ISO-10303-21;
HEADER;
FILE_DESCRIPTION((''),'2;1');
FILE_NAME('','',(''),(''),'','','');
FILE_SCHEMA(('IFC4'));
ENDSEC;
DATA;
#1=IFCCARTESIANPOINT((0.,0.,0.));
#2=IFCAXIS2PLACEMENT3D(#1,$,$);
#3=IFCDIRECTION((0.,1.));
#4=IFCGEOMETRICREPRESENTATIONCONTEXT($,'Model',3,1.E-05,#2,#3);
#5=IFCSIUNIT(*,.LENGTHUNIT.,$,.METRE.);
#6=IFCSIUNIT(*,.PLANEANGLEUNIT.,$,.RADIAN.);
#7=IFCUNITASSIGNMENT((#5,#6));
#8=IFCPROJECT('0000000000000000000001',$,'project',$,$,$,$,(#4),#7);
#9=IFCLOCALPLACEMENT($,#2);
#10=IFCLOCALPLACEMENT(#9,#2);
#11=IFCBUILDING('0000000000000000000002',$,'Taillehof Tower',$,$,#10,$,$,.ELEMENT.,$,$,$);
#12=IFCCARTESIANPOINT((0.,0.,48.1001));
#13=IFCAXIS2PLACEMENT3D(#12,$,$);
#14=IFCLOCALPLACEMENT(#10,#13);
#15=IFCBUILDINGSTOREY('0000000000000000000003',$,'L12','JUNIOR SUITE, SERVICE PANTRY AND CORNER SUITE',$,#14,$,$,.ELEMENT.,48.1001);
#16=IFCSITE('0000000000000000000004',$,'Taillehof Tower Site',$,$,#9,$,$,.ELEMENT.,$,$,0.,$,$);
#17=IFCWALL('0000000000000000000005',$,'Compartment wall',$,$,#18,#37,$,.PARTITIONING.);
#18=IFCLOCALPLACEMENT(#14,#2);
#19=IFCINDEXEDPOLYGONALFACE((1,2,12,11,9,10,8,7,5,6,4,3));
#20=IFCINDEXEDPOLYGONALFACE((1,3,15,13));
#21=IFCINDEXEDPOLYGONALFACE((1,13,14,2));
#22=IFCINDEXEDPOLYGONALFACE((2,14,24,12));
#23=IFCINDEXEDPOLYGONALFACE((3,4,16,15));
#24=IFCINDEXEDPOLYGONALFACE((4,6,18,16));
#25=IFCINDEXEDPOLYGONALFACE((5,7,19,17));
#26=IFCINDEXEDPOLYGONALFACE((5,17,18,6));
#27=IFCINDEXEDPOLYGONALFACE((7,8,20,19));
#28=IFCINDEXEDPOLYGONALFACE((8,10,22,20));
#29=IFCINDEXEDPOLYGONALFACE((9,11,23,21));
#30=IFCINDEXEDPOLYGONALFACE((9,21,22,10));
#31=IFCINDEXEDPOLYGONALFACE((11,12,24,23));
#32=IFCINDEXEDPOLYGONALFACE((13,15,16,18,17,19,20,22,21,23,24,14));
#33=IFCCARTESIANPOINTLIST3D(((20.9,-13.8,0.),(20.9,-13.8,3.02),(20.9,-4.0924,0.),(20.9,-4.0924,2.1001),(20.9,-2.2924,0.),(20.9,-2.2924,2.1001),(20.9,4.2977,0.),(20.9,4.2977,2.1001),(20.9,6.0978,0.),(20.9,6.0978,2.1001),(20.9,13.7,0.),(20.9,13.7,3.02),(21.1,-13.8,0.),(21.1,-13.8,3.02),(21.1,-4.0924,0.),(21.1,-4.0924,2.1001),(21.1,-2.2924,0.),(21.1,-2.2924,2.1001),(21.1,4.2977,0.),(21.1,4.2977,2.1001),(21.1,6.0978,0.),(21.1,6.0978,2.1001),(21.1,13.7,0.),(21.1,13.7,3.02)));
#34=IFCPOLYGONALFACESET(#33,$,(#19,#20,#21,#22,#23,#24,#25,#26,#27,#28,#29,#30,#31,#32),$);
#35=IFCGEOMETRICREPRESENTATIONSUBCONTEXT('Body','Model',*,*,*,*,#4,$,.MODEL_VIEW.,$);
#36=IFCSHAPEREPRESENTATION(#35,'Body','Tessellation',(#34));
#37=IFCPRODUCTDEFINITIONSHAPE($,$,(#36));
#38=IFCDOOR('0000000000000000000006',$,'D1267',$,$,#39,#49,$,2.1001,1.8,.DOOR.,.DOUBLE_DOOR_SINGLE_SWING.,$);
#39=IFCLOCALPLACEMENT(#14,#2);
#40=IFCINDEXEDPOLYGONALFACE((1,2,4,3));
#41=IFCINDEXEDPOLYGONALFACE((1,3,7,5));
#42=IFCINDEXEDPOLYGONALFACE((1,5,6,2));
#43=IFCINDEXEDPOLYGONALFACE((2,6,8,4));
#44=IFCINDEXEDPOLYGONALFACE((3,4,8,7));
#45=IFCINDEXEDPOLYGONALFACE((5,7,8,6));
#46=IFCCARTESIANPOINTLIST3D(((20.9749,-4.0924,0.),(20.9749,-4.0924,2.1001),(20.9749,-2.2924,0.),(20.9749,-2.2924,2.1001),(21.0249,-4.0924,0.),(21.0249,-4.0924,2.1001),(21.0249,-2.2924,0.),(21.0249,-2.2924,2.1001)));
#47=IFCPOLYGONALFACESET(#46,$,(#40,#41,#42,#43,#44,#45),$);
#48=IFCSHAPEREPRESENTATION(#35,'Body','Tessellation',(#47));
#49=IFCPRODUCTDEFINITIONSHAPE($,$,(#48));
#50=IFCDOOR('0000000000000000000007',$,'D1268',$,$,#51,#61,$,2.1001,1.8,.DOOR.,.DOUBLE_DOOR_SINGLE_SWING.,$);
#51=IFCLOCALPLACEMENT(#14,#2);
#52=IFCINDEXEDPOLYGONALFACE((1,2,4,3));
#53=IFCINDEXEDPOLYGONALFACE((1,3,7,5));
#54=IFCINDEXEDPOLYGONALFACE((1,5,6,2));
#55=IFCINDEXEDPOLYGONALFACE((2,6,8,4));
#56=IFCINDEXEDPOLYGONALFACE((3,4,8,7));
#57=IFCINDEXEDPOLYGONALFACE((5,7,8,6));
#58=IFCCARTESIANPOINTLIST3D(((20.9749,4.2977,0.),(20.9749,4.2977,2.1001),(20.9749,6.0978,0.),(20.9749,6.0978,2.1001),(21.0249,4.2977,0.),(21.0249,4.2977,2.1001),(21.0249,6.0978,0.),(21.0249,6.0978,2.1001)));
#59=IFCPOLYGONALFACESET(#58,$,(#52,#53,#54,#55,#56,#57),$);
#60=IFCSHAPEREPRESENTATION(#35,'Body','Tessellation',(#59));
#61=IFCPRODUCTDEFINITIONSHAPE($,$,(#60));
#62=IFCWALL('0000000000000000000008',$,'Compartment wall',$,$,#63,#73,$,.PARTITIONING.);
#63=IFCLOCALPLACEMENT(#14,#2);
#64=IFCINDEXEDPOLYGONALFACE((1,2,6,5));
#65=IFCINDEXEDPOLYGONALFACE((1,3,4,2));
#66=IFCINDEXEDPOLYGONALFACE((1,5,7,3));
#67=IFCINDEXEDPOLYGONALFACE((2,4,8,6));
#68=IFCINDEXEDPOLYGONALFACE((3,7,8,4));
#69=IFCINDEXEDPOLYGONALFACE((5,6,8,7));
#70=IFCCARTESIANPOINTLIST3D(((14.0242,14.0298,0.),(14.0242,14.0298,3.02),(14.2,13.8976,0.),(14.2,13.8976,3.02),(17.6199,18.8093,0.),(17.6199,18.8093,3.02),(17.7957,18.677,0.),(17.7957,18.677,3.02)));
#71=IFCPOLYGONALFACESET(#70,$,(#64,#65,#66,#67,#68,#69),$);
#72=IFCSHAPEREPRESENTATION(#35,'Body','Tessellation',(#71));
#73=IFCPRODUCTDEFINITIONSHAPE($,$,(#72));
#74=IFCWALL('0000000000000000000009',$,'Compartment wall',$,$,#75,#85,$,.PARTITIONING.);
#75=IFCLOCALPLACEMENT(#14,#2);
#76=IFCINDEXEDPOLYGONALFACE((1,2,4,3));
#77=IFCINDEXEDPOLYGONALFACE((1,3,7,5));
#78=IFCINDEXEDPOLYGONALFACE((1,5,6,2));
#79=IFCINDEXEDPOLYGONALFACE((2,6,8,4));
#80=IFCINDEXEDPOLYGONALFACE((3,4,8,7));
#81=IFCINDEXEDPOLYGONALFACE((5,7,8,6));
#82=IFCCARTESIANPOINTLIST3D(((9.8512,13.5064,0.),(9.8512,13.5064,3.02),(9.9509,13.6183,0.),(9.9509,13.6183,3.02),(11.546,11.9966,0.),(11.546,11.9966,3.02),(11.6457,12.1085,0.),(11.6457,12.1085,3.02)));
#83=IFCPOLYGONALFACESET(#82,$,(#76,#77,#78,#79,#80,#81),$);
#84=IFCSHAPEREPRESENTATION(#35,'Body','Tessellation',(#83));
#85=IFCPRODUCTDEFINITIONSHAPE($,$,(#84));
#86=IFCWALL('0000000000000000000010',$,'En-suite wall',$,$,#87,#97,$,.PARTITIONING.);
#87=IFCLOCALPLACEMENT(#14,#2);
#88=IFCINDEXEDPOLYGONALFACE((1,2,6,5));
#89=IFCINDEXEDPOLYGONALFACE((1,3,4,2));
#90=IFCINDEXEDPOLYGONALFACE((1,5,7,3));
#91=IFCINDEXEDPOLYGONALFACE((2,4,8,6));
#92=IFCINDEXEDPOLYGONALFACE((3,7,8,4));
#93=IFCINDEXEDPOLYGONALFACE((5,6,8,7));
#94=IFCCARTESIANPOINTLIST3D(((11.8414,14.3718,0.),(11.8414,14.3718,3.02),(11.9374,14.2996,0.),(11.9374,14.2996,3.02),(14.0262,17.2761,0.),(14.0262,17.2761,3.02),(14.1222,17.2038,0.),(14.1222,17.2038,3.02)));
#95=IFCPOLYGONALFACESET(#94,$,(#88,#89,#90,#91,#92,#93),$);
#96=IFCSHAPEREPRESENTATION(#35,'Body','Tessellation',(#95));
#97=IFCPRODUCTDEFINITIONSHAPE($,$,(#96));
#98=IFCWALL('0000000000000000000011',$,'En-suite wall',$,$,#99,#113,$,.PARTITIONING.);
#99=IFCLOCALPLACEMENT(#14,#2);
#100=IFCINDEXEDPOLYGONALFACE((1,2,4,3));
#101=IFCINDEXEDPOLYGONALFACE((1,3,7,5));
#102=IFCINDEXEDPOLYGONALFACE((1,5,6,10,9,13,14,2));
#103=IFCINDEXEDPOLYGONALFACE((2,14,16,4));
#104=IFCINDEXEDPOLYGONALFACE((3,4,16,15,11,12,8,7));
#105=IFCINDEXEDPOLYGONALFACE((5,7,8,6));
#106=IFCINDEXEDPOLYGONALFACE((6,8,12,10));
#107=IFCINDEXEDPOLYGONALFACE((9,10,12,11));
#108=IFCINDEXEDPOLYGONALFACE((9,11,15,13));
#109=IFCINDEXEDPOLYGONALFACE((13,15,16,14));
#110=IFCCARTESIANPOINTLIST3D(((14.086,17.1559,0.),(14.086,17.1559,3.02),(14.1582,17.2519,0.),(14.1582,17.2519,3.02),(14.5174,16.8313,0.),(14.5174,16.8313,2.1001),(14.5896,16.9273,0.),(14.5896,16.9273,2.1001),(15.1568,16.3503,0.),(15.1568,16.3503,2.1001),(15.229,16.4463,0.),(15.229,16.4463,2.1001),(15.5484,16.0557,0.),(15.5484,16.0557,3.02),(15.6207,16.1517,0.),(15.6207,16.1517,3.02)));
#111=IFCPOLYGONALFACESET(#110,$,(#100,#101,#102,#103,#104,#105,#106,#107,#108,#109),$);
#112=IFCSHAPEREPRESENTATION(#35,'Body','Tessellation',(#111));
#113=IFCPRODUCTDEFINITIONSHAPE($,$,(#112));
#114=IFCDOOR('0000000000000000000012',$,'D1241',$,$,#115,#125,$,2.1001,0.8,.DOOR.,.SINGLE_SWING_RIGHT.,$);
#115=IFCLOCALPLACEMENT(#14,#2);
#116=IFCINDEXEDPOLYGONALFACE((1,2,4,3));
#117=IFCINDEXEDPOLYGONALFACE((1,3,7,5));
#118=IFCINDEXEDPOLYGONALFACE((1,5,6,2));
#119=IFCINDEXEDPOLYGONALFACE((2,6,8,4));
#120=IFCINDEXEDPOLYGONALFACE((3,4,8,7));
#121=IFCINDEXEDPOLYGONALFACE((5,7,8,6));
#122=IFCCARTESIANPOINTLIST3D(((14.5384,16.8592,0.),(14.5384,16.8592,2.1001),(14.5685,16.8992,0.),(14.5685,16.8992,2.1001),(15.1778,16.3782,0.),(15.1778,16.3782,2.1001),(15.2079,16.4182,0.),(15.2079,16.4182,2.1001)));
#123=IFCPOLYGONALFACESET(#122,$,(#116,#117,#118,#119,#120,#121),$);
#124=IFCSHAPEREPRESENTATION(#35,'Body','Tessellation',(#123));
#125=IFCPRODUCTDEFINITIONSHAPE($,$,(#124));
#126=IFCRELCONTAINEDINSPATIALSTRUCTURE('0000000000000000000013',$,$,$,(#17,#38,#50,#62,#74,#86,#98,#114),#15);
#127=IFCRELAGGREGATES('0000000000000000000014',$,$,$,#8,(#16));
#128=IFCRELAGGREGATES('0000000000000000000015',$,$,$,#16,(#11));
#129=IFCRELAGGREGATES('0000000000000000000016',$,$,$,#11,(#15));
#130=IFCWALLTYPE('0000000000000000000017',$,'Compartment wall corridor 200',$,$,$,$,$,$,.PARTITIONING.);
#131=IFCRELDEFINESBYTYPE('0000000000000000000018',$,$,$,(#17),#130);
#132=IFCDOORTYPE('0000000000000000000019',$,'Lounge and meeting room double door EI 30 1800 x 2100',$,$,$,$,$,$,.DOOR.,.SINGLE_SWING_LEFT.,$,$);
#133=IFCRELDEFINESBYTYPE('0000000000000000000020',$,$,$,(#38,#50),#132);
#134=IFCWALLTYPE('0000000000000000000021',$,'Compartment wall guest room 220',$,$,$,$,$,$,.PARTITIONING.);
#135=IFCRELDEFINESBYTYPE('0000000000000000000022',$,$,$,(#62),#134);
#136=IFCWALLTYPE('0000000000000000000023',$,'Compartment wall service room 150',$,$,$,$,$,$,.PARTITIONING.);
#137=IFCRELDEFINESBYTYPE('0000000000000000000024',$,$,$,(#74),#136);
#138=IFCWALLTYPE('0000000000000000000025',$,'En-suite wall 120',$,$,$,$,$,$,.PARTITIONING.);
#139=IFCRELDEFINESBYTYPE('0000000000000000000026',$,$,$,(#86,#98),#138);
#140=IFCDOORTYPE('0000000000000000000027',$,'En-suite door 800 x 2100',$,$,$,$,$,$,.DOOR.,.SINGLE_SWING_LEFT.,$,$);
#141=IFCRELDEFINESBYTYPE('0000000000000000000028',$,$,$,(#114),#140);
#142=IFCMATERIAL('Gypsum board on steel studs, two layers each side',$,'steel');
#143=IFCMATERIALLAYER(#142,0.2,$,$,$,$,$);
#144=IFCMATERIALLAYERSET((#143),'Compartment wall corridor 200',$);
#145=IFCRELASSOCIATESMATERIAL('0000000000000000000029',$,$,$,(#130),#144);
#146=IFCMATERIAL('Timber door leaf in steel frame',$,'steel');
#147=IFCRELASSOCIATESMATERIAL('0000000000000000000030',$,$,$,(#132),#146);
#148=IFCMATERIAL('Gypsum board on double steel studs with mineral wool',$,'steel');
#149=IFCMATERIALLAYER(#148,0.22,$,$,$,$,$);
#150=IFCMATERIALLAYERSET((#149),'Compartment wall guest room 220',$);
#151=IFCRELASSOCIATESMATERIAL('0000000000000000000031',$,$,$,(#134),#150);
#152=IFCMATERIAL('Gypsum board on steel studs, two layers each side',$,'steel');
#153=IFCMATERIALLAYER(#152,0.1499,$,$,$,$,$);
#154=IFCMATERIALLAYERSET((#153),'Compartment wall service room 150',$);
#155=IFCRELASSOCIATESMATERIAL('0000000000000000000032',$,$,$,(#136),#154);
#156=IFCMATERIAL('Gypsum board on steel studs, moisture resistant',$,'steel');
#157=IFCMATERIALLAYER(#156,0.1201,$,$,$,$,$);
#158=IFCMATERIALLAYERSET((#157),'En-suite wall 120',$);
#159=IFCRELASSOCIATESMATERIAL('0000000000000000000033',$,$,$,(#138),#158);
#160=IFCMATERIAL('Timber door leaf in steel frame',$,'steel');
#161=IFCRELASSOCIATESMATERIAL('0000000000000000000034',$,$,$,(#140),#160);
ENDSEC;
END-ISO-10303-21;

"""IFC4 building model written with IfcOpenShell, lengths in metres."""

from ifc_helpers import new_model, si_unit, direction, frame, frame_2d, origin, place, context, subcontext, project, spatial, rectangle, extrude, material, layer, layer_set, type_object, element, fill, save


model = new_model("IFC4")

# Units and contexts
model_context = context("Model", 3, precision=1e-05, world=origin(), true_north=direction((0.0, 1.0)))
body_context = subcontext(model_context, "Body", "Model", "MODEL_VIEW")
ifc_project = project(units=[si_unit("LENGTHUNIT", "METRE"), si_unit("PLANEANGLEUNIT", "RADIAN")], contexts=[model_context])

# Site, building, storey
site_placement = place(None, origin())
site = spatial("IfcSite", under=ifc_project, at=site_placement, Name="Taillehof Tower Site", CompositionType="ELEMENT", RefElevation=0.0)
building_placement = place(site_placement, origin())
building = spatial("IfcBuilding", under=site, at=building_placement, Name="Taillehof Tower", CompositionType="ELEMENT")
storey_placement = place(building_placement, frame((0.0, 0.0, 48.1001)))
storey = spatial("IfcBuildingStorey", under=building, at=storey_placement, Name="L12", Description="JUNIOR SUITE, SERVICE PANTRY AND CORNER SUITE", CompositionType="ELEMENT", Elevation=48.1001)

# Shared definitions
ifc_material_1 = material(Name="Gypsum board on steel studs, two layers each side", Category="steel")
ifc_layer_1 = layer(ifc_material_1, 0.2)
ifc_layer_set_1 = layer_set([ifc_layer_1], Name="Compartment wall corridor 200")
wall_type_1 = type_object("IfcWallType", Name="Compartment wall corridor 200", PredefinedType="PARTITIONING", material=ifc_layer_set_1)

# Shared definitions
ifc_material_2 = material(Name="Timber door leaf in steel frame", Category="steel")
door_type_1 = type_object("IfcDoorType", Name="Lounge and meeting room double door EI 30 1800 x 2100", OperationType="SINGLE_SWING_LEFT", PredefinedType="DOOR", material=ifc_material_2)

# Wall, openings, doors
wall_1_placement = place(storey_placement, frame((21.0, 13.7, 0.0), z_axis=(0.0, 0.0, 1.0), x_axis=(0.0, -1.0, 0.0)))
wall_1 = element("IfcWall", 1, at=wall_1_placement, inside=storey, type_object=wall_type_1, Name="Compartment wall", PredefinedType="PARTITIONING", context=body_context, shape_type="SweptSolid", body=[
    extrude(rectangle(XDim=27.5, YDim=0.2, at=frame_2d((13.75, 0.0))), origin(), (0.0, 0.0, 1.0), 3.02),
])
opening_1_placement = place(wall_1_placement, frame((15.9924, 0.0, 0.0)))
opening_1 = element("IfcOpeningElement", 2, at=opening_1_placement, cuts=wall_1, PredefinedType="OPENING", context=body_context, shape_type="SweptSolid", body=[
    extrude(rectangle(XDim=1.8, YDim=2.1001, at=frame_2d((0.8999, 1.05))), frame((0.0, 0.1099, 0.0), z_axis=(0.0, -1.0, 0.0), x_axis=(1.0, 0.0, 0.0)), (0.0, 0.0, 1.0), 0.22),
])
opening_2_placement = place(wall_1_placement, frame((7.6023, 0.0, 0.0)))
opening_2 = element("IfcOpeningElement", 3, at=opening_2_placement, cuts=wall_1, PredefinedType="OPENING", context=body_context, shape_type="SweptSolid", body=[
    extrude(rectangle(XDim=1.8, YDim=2.1001, at=frame_2d((0.8999, 1.05))), frame((0.0, 0.1099, 0.0), z_axis=(0.0, -1.0, 0.0), x_axis=(1.0, 0.0, 0.0)), (0.0, 0.0, 1.0), 0.22),
])
door_1_placement = place(opening_1_placement, origin())
door_1 = element("IfcDoor", 4, at=door_1_placement, inside=storey, type_object=door_type_1, Name="D1267", OperationType="DOUBLE_DOOR_SINGLE_SWING", OverallHeight=2.1001, OverallWidth=1.8, PredefinedType="DOOR", context=body_context, shape_type="SweptSolid", body=[
    extrude(rectangle(XDim=1.8, YDim=2.1001, at=frame_2d((0.8999, 1.05))), frame((0.0, 0.0249, 0.0), z_axis=(0.0, -1.0, 0.0), x_axis=(1.0, 0.0, 0.0)), (0.0, 0.0, 1.0), 0.05),
])
fill(opening_1, door_1)
door_2_placement = place(opening_2_placement, origin())
door_2 = element("IfcDoor", 5, at=door_2_placement, inside=storey, type_object=door_type_1, Name="D1268", OperationType="DOUBLE_DOOR_SINGLE_SWING", OverallHeight=2.1001, OverallWidth=1.8, PredefinedType="DOOR", context=body_context, shape_type="SweptSolid", body=[
    extrude(rectangle(XDim=1.8, YDim=2.1001, at=frame_2d((0.8999, 1.05))), frame((0.0, 0.0249, 0.0), z_axis=(0.0, -1.0, 0.0), x_axis=(1.0, 0.0, 0.0)), (0.0, 0.0, 1.0), 0.05),
])
fill(opening_2, door_2)

# Walls
ifc_material_3 = material(Name="Gypsum board on double steel studs with mineral wool", Category="steel")
ifc_layer_2 = layer(ifc_material_3, 0.22)
ifc_layer_set_2 = layer_set([ifc_layer_2], Name="Compartment wall guest room 220")
wall_type_2 = type_object("IfcWallType", Name="Compartment wall guest room 220", PredefinedType="PARTITIONING", material=ifc_layer_set_2)
wall_2_placement = place(storey_placement, frame((17.7078, 18.7432, 0.0), z_axis=(0.0, 0.0, 1.0), x_axis=(-0.601181, -0.799113, 0.0)))
element("IfcWall", 6, at=wall_2_placement, inside=storey, type_object=wall_type_2, Name="Compartment wall", PredefinedType="PARTITIONING", context=body_context, shape_type="SweptSolid", body=[
    extrude(rectangle(XDim=5.981, YDim=0.22, at=frame_2d((2.9905, 0.0))), origin(), (0.0, 0.0, 1.0), 3.02),
])
ifc_material_4 = material(Name="Gypsum board on steel studs, two layers each side", Category="steel")
ifc_layer_3 = layer(ifc_material_4, 0.1499)
ifc_layer_set_3 = layer_set([ifc_layer_3], Name="Compartment wall service room 150")
wall_type_3 = type_object("IfcWallType", Name="Compartment wall service room 150", PredefinedType="PARTITIONING", material=ifc_layer_set_3)
wall_3_placement = place(storey_placement, frame((9.9011, 13.5623, 0.0), z_axis=(0.0, 0.0, 1.0), x_axis=(0.746697, -0.665165, 0.0)))
element("IfcWall", 7, at=wall_3_placement, inside=storey, type_object=wall_type_3, Name="Compartment wall", PredefinedType="PARTITIONING", context=body_context, shape_type="SweptSolid", body=[
    extrude(rectangle(XDim=2.2698, YDim=0.1499, at=frame_2d((1.1348, 0.0))), origin(), (0.0, 0.0, 1.0), 3.02),
])
ifc_material_5 = material(Name="Gypsum board on steel studs, moisture resistant", Category="steel")
ifc_layer_4 = layer(ifc_material_5, 0.1201)
ifc_layer_set_4 = layer_set([ifc_layer_4], Name="En-suite wall 120")
wall_type_4 = type_object("IfcWallType", Name="En-suite wall 120", PredefinedType="PARTITIONING", material=ifc_layer_set_4)
wall_4_placement = place(storey_placement, frame((11.8894, 14.3357, 0.0), z_axis=(0.0, 0.0, 1.0), x_axis=(0.60116, 0.799129, 0.0)))
element("IfcWall", 8, at=wall_4_placement, inside=storey, type_object=wall_type_4, Name="En-suite wall", PredefinedType="PARTITIONING", context=body_context, shape_type="SweptSolid", body=[
    extrude(rectangle(XDim=3.6343, YDim=0.1201, at=frame_2d((1.8171, 0.0))), origin(), (0.0, 0.0, 1.0), 3.02),
])

# Wall, opening, door
wall_5_placement = place(storey_placement, frame((14.1221, 17.2039, 0.0), z_axis=(0.0, 0.0, 1.0), x_axis=(0.799135, -0.601152, 0.0)))
wall_5 = element("IfcWall", 9, at=wall_5_placement, inside=storey, type_object=wall_type_4, Name="En-suite wall", PredefinedType="PARTITIONING", context=body_context, shape_type="SweptSolid", body=[
    extrude(rectangle(XDim=1.8301, YDim=0.1201, at=frame_2d((0.915, 0.0))), origin(), (0.0, 0.0, 1.0), 3.02),
])
opening_3_placement = place(wall_5_placement, frame((0.54, 0.0, 0.0)))
opening_3 = element("IfcOpeningElement", 10, at=opening_3_placement, cuts=wall_5, PredefinedType="OPENING", context=body_context, shape_type="SweptSolid", body=[
    extrude(rectangle(XDim=0.8, YDim=2.1001, at=frame_2d((0.3999, 1.05))), frame((0.0, 0.0701, 0.0), z_axis=(0.0, -1.0, 0.0), x_axis=(1.0, 0.0, 0.0)), (0.0, 0.0, 1.0), 0.1401),
])
ifc_material_6 = material(Name="Timber door leaf in steel frame", Category="steel")
door_type_2 = type_object("IfcDoorType", Name="En-suite door 800 x 2100", OperationType="SINGLE_SWING_LEFT", PredefinedType="DOOR", material=ifc_material_6)
door_3_placement = place(opening_3_placement, origin())
door_3 = element("IfcDoor", 11, at=door_3_placement, inside=storey, type_object=door_type_2, Name="D1241", OperationType="SINGLE_SWING_RIGHT", OverallHeight=2.1001, OverallWidth=0.8, PredefinedType="DOOR", context=body_context, shape_type="SweptSolid", body=[
    extrude(rectangle(XDim=0.8, YDim=2.1001, at=frame_2d((0.3999, 1.05))), frame((0.0, 0.0249, 0.0), z_axis=(0.0, -1.0, 0.0), x_axis=(1.0, 0.0, 0.0)), (0.0, 0.0, 1.0), 0.05),
])
fill(opening_3, door_3)

save(model, "model.ifc")
